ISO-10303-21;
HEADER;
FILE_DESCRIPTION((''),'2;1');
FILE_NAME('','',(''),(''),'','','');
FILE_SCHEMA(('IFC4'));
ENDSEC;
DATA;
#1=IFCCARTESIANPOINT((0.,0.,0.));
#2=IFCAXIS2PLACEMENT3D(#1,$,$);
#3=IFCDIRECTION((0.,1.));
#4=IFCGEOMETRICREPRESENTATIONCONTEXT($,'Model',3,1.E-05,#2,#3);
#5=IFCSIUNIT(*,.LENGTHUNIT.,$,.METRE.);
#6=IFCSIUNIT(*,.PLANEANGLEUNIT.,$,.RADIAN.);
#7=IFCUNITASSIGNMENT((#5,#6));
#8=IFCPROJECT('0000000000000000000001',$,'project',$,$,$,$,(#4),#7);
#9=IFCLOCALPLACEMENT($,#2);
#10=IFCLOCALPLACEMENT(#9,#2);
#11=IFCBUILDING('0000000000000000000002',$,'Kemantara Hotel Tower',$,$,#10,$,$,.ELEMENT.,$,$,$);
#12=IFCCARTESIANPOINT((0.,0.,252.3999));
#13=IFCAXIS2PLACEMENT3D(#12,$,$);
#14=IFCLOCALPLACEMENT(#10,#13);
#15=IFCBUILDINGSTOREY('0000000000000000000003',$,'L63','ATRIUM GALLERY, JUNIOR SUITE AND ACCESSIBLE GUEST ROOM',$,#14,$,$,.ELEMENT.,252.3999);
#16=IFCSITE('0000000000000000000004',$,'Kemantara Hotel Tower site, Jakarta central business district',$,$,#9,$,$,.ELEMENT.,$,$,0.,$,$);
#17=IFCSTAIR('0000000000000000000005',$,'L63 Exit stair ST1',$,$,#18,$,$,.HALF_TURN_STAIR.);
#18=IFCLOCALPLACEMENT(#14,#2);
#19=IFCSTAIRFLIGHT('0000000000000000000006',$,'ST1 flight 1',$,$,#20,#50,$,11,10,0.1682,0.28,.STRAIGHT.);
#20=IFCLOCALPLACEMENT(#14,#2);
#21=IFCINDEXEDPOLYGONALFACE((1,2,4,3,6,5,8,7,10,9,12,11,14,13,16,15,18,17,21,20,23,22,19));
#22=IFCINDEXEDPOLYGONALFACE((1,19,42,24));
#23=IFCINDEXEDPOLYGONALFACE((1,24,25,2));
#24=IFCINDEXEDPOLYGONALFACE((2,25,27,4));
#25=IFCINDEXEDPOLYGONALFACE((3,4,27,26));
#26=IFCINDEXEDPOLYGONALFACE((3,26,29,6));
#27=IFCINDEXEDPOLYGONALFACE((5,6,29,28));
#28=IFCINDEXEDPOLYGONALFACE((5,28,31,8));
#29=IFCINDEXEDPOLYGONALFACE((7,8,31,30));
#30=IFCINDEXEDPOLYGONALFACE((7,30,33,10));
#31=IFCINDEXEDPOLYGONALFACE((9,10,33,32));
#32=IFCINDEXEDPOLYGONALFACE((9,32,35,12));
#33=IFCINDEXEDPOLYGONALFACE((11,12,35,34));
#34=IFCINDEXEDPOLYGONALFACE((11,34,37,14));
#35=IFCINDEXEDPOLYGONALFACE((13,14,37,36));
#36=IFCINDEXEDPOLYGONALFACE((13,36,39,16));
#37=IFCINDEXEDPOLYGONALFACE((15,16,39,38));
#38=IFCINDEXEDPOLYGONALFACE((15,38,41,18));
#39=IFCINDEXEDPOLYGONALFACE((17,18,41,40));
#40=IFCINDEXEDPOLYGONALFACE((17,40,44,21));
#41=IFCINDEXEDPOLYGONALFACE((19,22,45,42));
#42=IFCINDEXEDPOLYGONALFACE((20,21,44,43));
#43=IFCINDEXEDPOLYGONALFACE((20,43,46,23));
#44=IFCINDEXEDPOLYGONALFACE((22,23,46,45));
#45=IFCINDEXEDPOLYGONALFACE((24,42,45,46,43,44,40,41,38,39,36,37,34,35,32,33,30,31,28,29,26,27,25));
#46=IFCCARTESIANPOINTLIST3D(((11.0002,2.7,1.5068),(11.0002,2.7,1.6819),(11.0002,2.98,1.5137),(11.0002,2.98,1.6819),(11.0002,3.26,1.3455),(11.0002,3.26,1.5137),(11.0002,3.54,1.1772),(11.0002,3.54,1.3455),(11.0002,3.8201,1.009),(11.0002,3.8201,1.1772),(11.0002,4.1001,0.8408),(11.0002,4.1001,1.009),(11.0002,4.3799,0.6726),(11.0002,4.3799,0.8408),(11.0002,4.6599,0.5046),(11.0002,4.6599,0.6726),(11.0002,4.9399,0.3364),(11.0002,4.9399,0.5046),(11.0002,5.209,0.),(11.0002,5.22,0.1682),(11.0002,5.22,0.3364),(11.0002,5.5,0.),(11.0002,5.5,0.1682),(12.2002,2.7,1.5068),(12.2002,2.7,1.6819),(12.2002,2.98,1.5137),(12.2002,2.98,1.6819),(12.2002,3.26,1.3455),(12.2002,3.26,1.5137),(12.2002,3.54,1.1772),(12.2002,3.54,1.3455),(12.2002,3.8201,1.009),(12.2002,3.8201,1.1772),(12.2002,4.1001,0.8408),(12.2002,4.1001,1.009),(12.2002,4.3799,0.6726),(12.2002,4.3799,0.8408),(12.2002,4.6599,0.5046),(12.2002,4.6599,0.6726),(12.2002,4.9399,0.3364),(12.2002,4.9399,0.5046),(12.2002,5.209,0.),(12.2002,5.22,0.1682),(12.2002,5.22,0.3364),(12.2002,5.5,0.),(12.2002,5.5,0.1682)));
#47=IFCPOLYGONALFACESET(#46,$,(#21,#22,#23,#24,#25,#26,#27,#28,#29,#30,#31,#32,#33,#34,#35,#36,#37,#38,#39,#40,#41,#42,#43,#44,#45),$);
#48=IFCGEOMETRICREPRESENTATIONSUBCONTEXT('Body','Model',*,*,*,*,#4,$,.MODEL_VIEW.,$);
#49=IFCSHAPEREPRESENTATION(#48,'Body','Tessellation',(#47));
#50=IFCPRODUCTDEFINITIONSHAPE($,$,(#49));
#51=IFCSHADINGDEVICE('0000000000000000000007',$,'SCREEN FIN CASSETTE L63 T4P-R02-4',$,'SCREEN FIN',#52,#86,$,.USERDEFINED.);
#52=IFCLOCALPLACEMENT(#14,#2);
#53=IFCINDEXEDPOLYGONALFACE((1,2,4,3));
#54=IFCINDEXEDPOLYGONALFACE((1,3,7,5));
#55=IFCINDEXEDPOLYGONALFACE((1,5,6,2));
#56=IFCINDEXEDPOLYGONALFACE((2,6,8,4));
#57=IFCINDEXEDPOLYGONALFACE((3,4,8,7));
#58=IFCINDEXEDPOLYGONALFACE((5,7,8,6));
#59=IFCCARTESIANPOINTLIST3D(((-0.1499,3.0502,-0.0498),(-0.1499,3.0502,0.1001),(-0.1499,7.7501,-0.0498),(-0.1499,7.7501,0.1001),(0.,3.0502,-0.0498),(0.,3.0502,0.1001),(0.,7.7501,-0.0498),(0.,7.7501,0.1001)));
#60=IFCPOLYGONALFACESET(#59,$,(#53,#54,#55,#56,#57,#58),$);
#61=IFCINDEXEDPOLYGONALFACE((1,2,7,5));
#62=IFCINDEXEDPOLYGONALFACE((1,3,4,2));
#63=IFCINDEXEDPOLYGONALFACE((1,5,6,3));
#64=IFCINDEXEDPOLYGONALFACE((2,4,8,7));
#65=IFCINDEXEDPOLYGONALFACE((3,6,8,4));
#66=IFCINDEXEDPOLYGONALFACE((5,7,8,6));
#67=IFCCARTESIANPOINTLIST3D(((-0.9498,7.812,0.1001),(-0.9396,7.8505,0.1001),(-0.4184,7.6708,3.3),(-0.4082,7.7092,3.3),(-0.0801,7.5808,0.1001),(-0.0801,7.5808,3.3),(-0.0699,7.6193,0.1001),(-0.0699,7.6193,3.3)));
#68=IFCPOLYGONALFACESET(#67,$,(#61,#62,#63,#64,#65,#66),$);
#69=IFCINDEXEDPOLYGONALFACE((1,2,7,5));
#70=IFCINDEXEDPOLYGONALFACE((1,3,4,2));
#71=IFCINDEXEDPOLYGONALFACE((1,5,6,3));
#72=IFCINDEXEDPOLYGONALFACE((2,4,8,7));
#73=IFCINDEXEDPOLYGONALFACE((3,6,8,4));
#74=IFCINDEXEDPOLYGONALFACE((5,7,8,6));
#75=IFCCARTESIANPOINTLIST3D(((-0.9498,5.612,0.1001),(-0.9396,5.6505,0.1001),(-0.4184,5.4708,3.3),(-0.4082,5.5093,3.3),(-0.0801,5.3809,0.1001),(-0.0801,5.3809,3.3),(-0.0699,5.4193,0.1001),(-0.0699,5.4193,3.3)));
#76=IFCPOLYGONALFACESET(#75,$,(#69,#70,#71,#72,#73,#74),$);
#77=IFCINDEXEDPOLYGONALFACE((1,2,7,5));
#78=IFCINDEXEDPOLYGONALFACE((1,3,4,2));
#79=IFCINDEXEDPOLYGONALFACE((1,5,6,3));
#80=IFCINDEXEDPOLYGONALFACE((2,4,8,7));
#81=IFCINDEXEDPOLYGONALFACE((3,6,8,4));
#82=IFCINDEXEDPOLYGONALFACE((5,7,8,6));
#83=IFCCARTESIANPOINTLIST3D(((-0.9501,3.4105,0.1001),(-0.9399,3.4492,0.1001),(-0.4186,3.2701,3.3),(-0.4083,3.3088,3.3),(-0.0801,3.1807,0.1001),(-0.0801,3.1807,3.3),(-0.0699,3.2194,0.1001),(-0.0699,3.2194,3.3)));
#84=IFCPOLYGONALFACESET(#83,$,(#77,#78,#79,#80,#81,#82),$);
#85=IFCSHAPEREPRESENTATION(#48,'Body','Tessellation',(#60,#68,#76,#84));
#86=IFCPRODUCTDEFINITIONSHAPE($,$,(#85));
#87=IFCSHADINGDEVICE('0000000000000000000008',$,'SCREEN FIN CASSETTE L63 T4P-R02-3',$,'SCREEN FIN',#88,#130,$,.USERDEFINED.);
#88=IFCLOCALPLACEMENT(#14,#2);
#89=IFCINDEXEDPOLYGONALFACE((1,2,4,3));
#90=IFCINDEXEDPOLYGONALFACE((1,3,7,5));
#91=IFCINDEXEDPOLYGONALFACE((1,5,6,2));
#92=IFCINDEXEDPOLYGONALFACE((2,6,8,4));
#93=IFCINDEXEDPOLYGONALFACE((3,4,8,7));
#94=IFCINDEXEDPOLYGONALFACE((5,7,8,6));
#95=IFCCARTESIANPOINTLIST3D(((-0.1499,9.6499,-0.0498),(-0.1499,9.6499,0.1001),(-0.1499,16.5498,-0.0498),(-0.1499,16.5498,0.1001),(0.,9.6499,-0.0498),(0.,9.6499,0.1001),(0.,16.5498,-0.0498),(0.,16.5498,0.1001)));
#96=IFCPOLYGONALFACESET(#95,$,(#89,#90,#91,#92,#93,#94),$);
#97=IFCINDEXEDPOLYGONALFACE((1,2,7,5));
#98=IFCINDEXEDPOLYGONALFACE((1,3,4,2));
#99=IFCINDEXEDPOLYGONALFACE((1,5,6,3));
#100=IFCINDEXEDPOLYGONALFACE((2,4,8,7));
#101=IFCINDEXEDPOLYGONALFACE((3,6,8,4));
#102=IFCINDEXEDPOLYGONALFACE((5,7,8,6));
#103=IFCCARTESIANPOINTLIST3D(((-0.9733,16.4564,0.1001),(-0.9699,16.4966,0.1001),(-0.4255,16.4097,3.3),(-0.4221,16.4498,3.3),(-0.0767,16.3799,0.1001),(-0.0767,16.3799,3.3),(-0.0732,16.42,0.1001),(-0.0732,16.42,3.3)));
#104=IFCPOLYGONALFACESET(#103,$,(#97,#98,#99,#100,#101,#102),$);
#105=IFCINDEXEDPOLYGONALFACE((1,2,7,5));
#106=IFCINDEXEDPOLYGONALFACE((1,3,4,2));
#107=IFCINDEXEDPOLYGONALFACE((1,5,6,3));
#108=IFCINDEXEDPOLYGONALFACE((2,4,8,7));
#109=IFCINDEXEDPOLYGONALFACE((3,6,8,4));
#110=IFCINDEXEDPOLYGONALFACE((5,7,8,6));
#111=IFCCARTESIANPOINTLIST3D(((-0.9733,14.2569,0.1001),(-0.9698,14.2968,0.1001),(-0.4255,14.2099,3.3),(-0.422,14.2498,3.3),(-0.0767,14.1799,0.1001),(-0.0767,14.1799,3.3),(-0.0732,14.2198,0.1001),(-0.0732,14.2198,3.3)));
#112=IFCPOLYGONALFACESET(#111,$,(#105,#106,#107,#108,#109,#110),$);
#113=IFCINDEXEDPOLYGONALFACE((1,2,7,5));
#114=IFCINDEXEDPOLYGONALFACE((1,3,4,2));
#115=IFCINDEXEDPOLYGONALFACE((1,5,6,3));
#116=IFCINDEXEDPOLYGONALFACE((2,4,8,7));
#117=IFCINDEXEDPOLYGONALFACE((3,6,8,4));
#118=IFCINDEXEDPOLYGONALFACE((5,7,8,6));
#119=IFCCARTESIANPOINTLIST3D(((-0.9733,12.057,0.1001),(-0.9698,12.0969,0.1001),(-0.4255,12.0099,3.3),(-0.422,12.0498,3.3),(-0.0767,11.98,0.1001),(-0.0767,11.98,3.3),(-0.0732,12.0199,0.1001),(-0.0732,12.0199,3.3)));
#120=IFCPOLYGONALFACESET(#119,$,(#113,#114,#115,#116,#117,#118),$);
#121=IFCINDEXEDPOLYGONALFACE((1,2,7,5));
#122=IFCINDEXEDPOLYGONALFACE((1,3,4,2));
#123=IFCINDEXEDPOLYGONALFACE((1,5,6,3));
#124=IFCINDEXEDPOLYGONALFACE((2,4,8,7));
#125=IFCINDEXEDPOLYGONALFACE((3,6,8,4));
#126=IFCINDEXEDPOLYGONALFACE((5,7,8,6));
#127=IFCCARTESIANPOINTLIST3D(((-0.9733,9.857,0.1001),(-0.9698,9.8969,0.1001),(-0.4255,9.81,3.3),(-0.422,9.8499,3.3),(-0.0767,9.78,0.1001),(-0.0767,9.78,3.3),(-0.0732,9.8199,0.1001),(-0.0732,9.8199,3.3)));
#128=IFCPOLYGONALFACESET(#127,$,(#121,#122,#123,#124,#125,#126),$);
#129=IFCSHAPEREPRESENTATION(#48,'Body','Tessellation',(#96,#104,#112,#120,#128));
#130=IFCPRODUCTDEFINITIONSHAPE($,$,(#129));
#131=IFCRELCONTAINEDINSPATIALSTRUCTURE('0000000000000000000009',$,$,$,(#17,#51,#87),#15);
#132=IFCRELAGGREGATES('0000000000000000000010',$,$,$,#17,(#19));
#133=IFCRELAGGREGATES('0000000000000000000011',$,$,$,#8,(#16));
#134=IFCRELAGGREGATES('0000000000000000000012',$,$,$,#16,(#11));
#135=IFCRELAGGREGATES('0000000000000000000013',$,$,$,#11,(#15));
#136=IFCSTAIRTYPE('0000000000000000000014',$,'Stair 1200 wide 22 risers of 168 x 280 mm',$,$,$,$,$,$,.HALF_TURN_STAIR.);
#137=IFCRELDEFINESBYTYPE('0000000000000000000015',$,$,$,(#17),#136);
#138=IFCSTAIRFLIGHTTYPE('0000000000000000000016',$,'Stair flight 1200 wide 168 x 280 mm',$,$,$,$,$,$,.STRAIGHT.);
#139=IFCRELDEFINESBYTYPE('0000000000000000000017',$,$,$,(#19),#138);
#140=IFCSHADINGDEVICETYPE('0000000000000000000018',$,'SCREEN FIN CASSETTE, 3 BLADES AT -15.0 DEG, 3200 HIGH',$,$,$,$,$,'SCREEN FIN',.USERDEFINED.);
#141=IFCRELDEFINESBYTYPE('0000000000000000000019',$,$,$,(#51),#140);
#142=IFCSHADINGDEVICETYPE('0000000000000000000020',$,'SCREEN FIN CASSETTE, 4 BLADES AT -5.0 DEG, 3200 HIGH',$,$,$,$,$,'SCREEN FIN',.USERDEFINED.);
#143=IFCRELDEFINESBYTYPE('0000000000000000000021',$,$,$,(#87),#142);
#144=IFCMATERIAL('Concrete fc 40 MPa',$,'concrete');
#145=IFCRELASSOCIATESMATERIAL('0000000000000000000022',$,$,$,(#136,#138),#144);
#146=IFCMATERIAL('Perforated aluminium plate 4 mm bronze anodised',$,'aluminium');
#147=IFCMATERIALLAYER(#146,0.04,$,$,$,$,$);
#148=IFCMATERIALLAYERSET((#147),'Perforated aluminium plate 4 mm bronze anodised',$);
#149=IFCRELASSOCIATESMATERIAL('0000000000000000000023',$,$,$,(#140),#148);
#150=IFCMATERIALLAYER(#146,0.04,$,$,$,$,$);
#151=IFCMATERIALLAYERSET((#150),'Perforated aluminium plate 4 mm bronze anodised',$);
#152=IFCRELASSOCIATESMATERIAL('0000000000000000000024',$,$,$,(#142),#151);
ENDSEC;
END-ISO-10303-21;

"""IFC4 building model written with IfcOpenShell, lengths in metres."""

from ifc_helpers import new_model, si_unit, direction, frame, origin, origin_2d, place, context, subcontext, project, spatial, polyline, rectangle, outline, extrude, source, transform, mapped, material, layer, layer_set, type_object, element, aggregate, save


model = new_model("IFC4")

# Units and contexts
model_context = context("Model", 3, precision=1e-05, world=origin(), true_north=direction((0.0, 1.0)))
body_context = subcontext(model_context, "Body", "Model", "MODEL_VIEW")
ifc_project = project(units=[si_unit("LENGTHUNIT", "METRE"), si_unit("PLANEANGLEUNIT", "RADIAN")], contexts=[model_context])

# Site, building, storey
site_placement = place(None, origin())
site = spatial("IfcSite", under=ifc_project, at=site_placement, Name="Kemantara Hotel Tower site, Jakarta central business district", CompositionType="ELEMENT", RefElevation=0.0)
building_placement = place(site_placement, origin())
building = spatial("IfcBuilding", under=site, at=building_placement, Name="Kemantara Hotel Tower", CompositionType="ELEMENT")
storey_placement = place(building_placement, frame((0.0, 0.0, 252.3999)))
storey = spatial("IfcBuildingStorey", under=building, at=storey_placement, Name="L63", Description="ATRIUM GALLERY, JUNIOR SUITE AND ACCESSIBLE GUEST ROOM", CompositionType="ELEMENT", Elevation=252.3999)

# Stair, stair flight
ifc_material_1 = material(Name="Concrete fc 40 MPa", Category="concrete")
stair_type = type_object("IfcStairType", Name="Stair 1200 wide 22 risers of 168 x 280 mm", PredefinedType="HALF_TURN_STAIR", material=ifc_material_1)
stair_placement = place(storey_placement, origin())
stair = element("IfcStair", 1, at=stair_placement, inside=storey, type_object=stair_type, Name="L63 Exit stair ST1", PredefinedType="HALF_TURN_STAIR")
stair_flight_type = type_object("IfcStairFlightType", Name="Stair flight 1200 wide 168 x 280 mm", PredefinedType="STRAIGHT", material=ifc_material_1)
stair_flight_placement = place(storey_placement, frame((11.6001, 5.5, 0.0), z_axis=(0.0, 0.0, 1.0), x_axis=(0.0, -1.0, 0.0)))
stair_flight = element("IfcStairFlight", 2, at=stair_flight_placement, type_object=stair_flight_type, Name="ST1 flight 1", NumberOfRisers=11, NumberOfTreads=10, PredefinedType="STRAIGHT", RiserHeight=0.1682, TreadLength=0.28, context=body_context, shape_type="SweptSolid", body=[
    extrude(outline(polyline([(0.0, 0.0), (0.0, 0.1682), (0.28, 0.1682), (0.28, 0.3364), (0.5601, 0.3364), (0.5601, 0.5046), (0.8401, 0.5046), (0.8401, 0.6726), (1.1201, 0.6726), (1.1201, 0.8408), (1.3999, 0.8408), (1.3999, 1.009), (1.6799, 1.009), (1.6799, 1.1772), (1.96, 1.1772), (1.96, 1.3455), (2.24, 1.3455), (2.24, 1.5137), (2.52, 1.5137), (2.52, 1.6819), (2.8, 1.6819), (2.8, 1.8501), (2.8, 1.5068), (0.291, 0.0), (0.0, 0.0)])), frame((0.0, 0.6001, 0.0), z_axis=(0.0, -1.0, 0.0), x_axis=(1.0, 0.0, 0.0)), (0.0, 0.0, 1.0), 1.2),
])
aggregate(stair, [stair_flight])

# Shading devices
ifc_material_2 = material(Name="Perforated aluminium plate 4 mm bronze anodised", Category="aluminium")
ifc_layer_1 = layer(ifc_material_2, 0.04)
ifc_layer_set_1 = layer_set([ifc_layer_1], Name="Perforated aluminium plate 4 mm bronze anodised")
shading_device_type_1 = type_object("IfcShadingDeviceType", Name="SCREEN FIN CASSETTE, 3 BLADES AT -15.0 DEG, 3200 HIGH", ElementType="SCREEN FIN", PredefinedType="USERDEFINED", material=ifc_layer_set_1)
shared_shape_1 = source(origin(), body_context, "Body", "SweptSolid", [
    extrude(rectangle(XDim=4.7, YDim=0.1499, at=origin_2d()), frame((2.2, -0.075, -0.1499), z_axis=(0.0, 0.0, 1.0), x_axis=(1.0, 0.0, 0.0)), (0.0, 0.0, 1.0), 0.1499),
    extrude(outline(polyline([(0.0, 0.0), (0.8999, 0.0), (0.3501, 3.2), (0.0, 3.2), (0.0, 0.0)])), frame((0.0193, -0.0801, 0.0), z_axis=(-0.966438, 0.256901, 0.0), x_axis=(-0.256901, -0.966438, 0.0)), (0.0, 0.0, 1.0), 0.0398),
    extrude(outline(polyline([(0.0, 0.0), (0.8999, 0.0), (0.3501, 3.2), (0.0, 3.2), (0.0, 0.0)])), frame((2.2192, -0.0801, 0.0), z_axis=(-0.966438, 0.256901, 0.0), x_axis=(-0.256901, -0.966438, 0.0)), (0.0, 0.0, 1.0), 0.0398),
    extrude(outline(polyline([(0.0, 0.0), (0.8999, 0.0), (0.3501, 3.2), (0.0, 3.2), (0.0, 0.0)])), frame((4.4194, -0.0801, 0.0), z_axis=(-0.966838, 0.255391, 0.0), x_axis=(-0.255391, -0.966838, 0.0)), (0.0, 0.0, 1.0), 0.04),
])
shading_device_1_placement = place(storey_placement, frame((0.0, 7.6001, 0.1001), z_axis=(0.0, 0.0, 1.0), x_axis=(0.0, -1.0, 0.0)))
element("IfcShadingDevice", 3, at=shading_device_1_placement, inside=storey, type_object=shading_device_type_1, Name="SCREEN FIN CASSETTE L63 T4P-R02-4", ObjectType="SCREEN FIN", PredefinedType="USERDEFINED", context=body_context, shape_type="MappedRepresentation", body=[
    mapped(shared_shape_1, transform((0.0, 0.0, 0.0))),
])
ifc_layer_2 = layer(ifc_material_2, 0.04)
ifc_layer_set_2 = layer_set([ifc_layer_2], Name="Perforated aluminium plate 4 mm bronze anodised")
shading_device_type_2 = type_object("IfcShadingDeviceType", Name="SCREEN FIN CASSETTE, 4 BLADES AT -5.0 DEG, 3200 HIGH", ElementType="SCREEN FIN", PredefinedType="USERDEFINED", material=ifc_layer_set_2)
shared_shape_2 = source(origin(), body_context, "Body", "SweptSolid", [
    extrude(rectangle(XDim=6.8999, YDim=0.1499, at=origin_2d()), frame((3.3, -0.075, -0.1499), z_axis=(0.0, 0.0, 1.0), x_axis=(1.0, 0.0, 0.0)), (0.0, 0.0, 1.0), 0.1499),
    extrude(outline(polyline([(0.0, 0.0), (0.8999, 0.0), (0.3501, 3.2), (0.0, 3.2), (0.0, 0.0)])), frame((0.02, -0.0767, 0.0), z_axis=(-0.996376, 0.085056, 0.0), x_axis=(-0.085056, -0.996376, 0.0)), (0.0, 0.0, 1.0), 0.0403),
    extrude(outline(polyline([(0.0, 0.0), (0.8999, 0.0), (0.3501, 3.2), (0.0, 3.2), (0.0, 0.0)])), frame((2.22, -0.0767, 0.0), z_axis=(-0.996332, 0.085575, 0.0), x_axis=(-0.085575, -0.996332, 0.0)), (0.0, 0.0, 1.0), 0.04),
    extrude(outline(polyline([(0.0, 0.0), (0.8999, 0.0), (0.3501, 3.2), (0.0, 3.2), (0.0, 0.0)])), frame((4.4199, -0.0767, 0.0), z_axis=(-0.996332, 0.085575, 0.0), x_axis=(-0.085575, -0.996332, 0.0)), (0.0, 0.0, 1.0), 0.04),
    extrude(outline(polyline([(0.0, 0.0), (0.8999, 0.0), (0.3501, 3.2), (0.0, 3.2), (0.0, 0.0)])), frame((6.6199, -0.0767, 0.0), z_axis=(-0.996332, 0.085575, 0.0), x_axis=(-0.085575, -0.996332, 0.0)), (0.0, 0.0, 1.0), 0.04),
])
shading_device_2_placement = place(storey_placement, frame((0.0, 16.3999, 0.1001), z_axis=(0.0, 0.0, 1.0), x_axis=(0.0, -1.0, 0.0)))
element("IfcShadingDevice", 4, at=shading_device_2_placement, inside=storey, type_object=shading_device_type_2, Name="SCREEN FIN CASSETTE L63 T4P-R02-3", ObjectType="SCREEN FIN", PredefinedType="USERDEFINED", context=body_context, shape_type="MappedRepresentation", body=[
    mapped(shared_shape_2, transform((0.0, 0.0, 0.0))),
])

save(model, "model.ifc")
